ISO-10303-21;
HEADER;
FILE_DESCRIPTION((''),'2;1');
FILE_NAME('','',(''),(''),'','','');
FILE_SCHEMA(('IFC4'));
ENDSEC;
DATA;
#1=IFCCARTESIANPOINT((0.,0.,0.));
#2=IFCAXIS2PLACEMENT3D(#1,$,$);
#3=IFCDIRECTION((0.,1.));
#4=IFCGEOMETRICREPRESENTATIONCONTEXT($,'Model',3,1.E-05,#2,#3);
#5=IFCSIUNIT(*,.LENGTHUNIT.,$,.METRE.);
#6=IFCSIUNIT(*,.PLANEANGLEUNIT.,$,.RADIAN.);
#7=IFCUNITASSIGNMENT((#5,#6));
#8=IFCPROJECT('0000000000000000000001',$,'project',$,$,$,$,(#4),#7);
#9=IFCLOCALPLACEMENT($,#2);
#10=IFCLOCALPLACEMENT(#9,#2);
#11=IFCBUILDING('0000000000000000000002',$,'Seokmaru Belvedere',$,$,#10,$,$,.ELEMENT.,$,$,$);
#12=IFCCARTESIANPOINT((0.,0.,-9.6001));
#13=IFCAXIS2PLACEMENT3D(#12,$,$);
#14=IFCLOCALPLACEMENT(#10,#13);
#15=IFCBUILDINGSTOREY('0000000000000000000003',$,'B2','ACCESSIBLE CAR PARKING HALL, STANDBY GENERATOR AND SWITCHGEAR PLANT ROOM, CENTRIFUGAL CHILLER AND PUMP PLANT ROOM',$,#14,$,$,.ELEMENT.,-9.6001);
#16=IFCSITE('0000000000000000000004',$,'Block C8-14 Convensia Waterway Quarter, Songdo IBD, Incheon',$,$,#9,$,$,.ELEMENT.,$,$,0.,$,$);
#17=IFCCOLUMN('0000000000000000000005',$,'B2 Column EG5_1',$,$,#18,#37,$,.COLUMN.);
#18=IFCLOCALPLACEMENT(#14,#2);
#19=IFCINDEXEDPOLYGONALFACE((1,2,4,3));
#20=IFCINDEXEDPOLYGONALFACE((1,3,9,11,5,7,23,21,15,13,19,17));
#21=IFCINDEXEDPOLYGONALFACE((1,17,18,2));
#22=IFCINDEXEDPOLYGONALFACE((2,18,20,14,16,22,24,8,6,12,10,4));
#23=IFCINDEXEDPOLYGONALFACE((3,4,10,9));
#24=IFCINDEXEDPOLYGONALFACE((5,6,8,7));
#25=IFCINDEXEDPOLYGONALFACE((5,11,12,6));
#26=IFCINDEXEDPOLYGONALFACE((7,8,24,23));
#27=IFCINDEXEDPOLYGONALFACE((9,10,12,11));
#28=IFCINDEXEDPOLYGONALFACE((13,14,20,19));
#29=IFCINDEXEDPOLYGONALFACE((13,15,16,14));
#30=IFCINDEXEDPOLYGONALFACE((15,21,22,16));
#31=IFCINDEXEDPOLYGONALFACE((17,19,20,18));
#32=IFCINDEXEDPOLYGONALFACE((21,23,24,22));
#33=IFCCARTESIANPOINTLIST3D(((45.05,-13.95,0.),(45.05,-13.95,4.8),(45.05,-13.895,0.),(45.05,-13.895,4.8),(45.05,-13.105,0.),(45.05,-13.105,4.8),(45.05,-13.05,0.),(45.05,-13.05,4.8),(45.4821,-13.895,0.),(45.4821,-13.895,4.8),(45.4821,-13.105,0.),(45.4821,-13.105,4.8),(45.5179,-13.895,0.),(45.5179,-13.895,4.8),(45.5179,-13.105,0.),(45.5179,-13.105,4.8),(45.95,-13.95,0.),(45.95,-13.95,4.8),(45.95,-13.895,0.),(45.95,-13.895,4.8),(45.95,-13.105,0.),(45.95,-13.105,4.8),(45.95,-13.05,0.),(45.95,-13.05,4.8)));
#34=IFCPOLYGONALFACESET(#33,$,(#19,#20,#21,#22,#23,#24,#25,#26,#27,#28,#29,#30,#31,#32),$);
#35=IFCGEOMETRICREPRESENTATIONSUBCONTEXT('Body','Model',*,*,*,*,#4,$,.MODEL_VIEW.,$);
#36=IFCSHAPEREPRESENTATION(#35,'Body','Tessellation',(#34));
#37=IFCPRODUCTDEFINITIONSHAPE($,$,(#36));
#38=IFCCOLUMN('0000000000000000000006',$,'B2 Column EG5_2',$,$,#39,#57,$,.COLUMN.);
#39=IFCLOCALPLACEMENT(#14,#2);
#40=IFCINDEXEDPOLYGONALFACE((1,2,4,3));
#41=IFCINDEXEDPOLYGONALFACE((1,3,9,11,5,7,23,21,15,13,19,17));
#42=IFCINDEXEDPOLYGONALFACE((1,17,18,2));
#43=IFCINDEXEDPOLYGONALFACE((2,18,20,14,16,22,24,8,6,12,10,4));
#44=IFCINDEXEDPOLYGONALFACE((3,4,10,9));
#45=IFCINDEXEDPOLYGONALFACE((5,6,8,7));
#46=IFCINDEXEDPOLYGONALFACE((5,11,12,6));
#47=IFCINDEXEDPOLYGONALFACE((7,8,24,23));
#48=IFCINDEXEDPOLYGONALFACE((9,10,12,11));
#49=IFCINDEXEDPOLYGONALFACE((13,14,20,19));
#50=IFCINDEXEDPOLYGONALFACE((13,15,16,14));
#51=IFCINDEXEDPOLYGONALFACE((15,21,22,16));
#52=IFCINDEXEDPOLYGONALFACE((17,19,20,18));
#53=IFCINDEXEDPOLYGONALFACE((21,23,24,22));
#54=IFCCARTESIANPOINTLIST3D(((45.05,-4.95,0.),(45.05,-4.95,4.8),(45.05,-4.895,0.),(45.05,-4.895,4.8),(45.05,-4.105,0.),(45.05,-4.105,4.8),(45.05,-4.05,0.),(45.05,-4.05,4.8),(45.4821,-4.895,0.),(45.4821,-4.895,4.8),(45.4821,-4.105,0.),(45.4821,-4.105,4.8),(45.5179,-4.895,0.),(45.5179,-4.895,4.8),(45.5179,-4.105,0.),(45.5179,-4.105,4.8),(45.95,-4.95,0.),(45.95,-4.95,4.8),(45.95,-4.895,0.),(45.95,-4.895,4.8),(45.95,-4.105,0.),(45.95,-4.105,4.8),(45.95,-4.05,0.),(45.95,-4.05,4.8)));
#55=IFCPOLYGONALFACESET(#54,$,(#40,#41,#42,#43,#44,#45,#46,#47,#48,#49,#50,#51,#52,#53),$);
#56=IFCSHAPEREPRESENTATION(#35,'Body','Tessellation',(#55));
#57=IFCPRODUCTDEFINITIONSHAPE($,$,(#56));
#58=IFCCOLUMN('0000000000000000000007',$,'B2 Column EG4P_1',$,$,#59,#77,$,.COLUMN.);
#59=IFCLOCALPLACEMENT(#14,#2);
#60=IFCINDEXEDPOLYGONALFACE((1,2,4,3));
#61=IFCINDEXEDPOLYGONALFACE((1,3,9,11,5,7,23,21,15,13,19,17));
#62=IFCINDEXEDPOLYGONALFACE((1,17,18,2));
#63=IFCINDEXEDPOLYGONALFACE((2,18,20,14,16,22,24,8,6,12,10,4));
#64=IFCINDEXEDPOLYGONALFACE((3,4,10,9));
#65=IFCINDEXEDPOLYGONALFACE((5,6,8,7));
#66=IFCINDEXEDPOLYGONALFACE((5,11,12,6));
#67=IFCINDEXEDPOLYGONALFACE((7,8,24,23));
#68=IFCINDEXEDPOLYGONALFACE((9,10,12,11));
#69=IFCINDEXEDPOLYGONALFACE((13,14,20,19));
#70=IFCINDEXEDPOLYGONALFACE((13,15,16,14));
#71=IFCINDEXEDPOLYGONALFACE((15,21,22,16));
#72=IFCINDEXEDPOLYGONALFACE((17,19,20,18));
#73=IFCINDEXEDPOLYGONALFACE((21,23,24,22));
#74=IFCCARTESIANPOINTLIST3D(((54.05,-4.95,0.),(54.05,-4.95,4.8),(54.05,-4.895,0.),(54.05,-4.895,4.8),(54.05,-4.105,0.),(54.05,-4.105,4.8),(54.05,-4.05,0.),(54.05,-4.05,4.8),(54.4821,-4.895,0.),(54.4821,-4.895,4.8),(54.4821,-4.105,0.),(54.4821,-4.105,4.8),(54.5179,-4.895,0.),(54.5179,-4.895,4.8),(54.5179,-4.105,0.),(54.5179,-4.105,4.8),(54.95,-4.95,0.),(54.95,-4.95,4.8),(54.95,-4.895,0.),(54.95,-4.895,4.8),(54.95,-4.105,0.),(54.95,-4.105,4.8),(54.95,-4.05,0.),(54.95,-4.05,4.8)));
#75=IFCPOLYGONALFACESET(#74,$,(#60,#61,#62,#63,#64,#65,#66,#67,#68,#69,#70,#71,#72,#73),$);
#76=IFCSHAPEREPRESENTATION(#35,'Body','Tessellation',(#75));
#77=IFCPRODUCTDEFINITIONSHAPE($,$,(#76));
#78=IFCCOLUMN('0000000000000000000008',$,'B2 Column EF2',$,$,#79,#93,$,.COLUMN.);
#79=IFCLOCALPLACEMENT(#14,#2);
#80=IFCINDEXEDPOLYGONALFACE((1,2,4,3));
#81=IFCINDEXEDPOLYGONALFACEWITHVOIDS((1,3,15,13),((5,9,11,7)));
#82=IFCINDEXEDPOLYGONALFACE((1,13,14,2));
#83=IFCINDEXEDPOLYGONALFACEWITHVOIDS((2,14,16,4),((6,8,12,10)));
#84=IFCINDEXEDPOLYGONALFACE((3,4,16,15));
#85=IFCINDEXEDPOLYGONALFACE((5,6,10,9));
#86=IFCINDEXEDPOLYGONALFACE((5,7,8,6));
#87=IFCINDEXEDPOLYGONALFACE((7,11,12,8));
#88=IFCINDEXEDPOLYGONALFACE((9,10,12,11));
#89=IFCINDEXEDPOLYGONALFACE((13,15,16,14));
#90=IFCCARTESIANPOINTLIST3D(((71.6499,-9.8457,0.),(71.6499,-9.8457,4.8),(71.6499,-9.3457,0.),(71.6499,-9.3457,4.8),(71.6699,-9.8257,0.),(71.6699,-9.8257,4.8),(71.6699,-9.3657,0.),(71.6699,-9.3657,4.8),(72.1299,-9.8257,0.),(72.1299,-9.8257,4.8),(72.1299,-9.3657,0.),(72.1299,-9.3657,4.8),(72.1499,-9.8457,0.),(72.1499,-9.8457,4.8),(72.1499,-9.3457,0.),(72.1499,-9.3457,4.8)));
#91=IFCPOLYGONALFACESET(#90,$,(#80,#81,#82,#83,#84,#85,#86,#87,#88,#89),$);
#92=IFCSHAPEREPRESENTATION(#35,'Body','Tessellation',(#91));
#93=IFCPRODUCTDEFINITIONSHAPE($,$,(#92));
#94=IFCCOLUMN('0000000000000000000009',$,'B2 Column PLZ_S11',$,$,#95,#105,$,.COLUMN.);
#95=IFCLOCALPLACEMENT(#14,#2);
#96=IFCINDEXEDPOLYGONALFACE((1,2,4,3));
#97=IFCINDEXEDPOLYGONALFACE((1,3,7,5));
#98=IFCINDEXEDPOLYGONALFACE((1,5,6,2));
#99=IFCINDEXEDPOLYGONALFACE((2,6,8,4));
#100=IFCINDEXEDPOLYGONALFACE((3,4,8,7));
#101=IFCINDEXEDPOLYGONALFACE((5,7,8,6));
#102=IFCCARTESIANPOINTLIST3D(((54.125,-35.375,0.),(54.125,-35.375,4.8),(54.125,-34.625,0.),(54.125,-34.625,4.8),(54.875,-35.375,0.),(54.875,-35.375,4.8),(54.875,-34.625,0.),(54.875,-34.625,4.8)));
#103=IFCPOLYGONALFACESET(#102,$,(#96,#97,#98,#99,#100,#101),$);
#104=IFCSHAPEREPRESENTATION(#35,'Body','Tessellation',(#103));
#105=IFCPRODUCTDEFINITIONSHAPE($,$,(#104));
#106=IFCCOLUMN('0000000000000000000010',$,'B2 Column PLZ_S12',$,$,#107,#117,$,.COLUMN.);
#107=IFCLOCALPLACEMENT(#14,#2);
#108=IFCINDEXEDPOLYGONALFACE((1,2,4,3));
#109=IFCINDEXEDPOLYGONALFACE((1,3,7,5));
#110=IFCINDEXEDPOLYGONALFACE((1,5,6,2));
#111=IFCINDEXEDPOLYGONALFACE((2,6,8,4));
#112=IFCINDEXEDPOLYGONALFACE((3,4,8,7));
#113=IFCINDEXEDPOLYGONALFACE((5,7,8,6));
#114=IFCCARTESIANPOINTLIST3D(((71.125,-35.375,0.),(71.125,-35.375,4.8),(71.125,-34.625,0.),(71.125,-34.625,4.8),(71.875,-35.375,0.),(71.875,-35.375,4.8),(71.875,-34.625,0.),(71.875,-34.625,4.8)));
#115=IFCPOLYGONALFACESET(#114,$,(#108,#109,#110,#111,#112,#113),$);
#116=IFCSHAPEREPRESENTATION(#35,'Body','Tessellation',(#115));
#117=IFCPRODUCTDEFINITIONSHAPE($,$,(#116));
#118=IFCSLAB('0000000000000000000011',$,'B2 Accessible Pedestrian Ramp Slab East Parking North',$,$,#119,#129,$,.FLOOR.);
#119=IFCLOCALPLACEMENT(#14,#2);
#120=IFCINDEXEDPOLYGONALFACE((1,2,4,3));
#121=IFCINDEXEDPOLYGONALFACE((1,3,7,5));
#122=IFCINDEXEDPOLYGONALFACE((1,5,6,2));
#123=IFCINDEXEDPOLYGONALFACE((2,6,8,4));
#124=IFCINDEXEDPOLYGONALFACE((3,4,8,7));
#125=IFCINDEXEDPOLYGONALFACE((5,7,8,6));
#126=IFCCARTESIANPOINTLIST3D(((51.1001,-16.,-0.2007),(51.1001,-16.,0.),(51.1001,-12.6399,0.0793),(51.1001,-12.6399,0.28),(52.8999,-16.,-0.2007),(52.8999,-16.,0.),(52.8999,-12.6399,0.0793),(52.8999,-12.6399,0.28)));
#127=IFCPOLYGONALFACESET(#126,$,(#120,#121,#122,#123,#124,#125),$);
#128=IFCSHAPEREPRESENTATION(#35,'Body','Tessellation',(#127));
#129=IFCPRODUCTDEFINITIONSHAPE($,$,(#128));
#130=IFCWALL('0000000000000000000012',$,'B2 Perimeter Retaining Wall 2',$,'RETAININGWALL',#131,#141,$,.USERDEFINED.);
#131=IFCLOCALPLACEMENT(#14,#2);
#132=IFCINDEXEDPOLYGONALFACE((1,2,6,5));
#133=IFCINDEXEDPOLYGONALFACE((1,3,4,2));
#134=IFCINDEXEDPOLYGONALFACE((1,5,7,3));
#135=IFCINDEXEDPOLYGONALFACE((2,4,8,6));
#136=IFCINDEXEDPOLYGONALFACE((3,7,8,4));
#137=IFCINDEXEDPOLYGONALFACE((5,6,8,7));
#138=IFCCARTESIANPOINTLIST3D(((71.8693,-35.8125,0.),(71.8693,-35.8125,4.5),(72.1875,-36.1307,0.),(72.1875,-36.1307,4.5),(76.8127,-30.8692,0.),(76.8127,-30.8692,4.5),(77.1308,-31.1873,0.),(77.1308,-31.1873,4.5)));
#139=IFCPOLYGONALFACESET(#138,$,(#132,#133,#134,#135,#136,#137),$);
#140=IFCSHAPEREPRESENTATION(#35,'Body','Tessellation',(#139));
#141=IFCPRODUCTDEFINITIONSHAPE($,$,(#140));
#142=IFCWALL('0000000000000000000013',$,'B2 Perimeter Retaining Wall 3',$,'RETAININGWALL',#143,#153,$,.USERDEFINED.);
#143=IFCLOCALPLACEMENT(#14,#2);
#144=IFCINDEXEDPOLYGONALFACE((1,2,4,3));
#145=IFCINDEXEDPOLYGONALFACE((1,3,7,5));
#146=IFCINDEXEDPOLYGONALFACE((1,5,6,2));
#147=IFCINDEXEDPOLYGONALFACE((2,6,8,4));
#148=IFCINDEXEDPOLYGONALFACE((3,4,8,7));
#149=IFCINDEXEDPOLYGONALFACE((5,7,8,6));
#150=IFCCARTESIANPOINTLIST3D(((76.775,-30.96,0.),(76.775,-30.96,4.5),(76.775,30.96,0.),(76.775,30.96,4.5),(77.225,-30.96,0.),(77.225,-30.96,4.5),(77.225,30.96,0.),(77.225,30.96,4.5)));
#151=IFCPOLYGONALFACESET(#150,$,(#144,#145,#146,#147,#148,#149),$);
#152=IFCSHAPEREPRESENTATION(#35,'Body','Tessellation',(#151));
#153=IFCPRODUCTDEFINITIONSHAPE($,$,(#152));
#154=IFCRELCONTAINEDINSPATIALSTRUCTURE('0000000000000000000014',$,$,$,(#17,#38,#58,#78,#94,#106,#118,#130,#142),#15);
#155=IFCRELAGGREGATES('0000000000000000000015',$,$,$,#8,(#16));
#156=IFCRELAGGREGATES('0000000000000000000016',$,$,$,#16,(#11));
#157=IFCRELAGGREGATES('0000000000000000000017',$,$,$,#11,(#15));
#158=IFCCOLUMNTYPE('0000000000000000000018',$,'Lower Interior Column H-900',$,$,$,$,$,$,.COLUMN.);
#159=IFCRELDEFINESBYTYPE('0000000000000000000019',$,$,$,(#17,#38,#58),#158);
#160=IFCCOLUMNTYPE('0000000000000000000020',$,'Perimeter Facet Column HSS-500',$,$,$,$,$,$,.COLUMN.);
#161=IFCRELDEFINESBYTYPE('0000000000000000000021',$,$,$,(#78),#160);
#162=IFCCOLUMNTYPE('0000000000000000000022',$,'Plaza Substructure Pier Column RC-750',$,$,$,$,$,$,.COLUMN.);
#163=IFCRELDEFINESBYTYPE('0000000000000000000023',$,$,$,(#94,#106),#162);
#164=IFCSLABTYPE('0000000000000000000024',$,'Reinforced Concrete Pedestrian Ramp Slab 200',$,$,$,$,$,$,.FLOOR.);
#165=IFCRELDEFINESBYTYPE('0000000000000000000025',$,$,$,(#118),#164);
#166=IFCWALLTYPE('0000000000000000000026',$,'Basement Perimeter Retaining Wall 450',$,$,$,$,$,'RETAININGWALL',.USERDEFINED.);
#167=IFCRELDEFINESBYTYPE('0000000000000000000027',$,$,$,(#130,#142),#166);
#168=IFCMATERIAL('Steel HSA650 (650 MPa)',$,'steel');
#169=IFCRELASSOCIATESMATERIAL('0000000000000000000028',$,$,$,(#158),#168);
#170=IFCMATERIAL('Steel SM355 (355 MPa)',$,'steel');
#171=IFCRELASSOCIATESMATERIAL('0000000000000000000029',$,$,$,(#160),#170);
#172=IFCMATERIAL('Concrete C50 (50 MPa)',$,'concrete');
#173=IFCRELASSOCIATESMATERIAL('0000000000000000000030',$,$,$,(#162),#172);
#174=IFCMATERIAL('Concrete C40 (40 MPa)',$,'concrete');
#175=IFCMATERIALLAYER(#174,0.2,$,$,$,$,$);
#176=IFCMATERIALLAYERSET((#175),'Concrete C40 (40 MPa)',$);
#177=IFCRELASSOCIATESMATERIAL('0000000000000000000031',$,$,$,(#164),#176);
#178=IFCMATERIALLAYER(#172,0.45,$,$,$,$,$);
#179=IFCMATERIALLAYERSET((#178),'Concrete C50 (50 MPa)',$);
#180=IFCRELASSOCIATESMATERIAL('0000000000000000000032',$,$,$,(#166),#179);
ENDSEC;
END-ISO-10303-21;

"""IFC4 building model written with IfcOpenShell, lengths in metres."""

from ifc_helpers import new_model, si_unit, direction, frame, frame_2d, origin, origin_2d, place, context, subcontext, project, spatial, polyline, rectangle, hollow_rectangle, i_section, outline, extrude, source, transform, mapped, material, layer, layer_set, material_profile, profile_set, type_object, type_shapes, element, save


model = new_model("IFC4")

# Units and contexts
model_context = context("Model", 3, precision=1e-05, world=origin(), true_north=direction((0.0, 1.0)))
body_context = subcontext(model_context, "Body", "Model", "MODEL_VIEW")
ifc_project = project(units=[si_unit("LENGTHUNIT", "METRE"), si_unit("PLANEANGLEUNIT", "RADIAN")], contexts=[model_context])

# Site, building, storey
site_placement = place(None, origin())
site = spatial("IfcSite", under=ifc_project, at=site_placement, Name="Block C8-14 Convensia Waterway Quarter, Songdo IBD, Incheon", CompositionType="ELEMENT", RefElevation=0.0)
building_placement = place(site_placement, origin())
building = spatial("IfcBuilding", under=site, at=building_placement, Name="Seokmaru Belvedere", CompositionType="ELEMENT")
storey_placement = place(building_placement, frame((0.0, 0.0, -9.6001)))
storey = spatial("IfcBuildingStorey", under=building, at=storey_placement, Name="B2", Description="ACCESSIBLE CAR PARKING HALL, STANDBY GENERATOR AND SWITCHGEAR PLANT ROOM, CENTRIFUGAL CHILLER AND PUMP PLANT ROOM", CompositionType="ELEMENT", Elevation=-9.6001)

# Shared definitions
ifc_material_1 = material(Name="Concrete C50 (50 MPa)", Category="concrete")

# Shared definitions
ifc_material_2 = material(Name="Concrete C40 (40 MPa)", Category="concrete")

# Columns
ifc_material_3 = material(Name="Steel HSA650 (650 MPa)", Category="steel")
ifc_material_profile_1 = material_profile(ifc_material_3, i_section(OverallWidth=0.8999, OverallDepth=0.8999, WebThickness=0.0359, FlangeThickness=0.0549, at=origin_2d()), Name="H-900x900x36x55")
ifc_profile_set_1 = profile_set([ifc_material_profile_1], Name="Steel HSA650 (650 MPa)")
column_type_1 = type_object("IfcColumnType", Name="Lower Interior Column H-900", PredefinedType="COLUMN", material=ifc_profile_set_1)
shared_shape_1 = source(origin(), body_context, "Body", "SweptSolid", [
    extrude(i_section(OverallWidth=0.8999, OverallDepth=0.8999, WebThickness=0.0359, FlangeThickness=0.0549, at=origin_2d()), origin(), (0.0, 0.0, 1.0), 4.8),
])
type_shapes(column_type_1, [shared_shape_1])
for number, where, z_axis, x_axis, name in (
    (1, (45.5, -13.5, 0.0), (0.0, 0.0, 1.0), (1.0, 0.0, 0.0), "B2 Column EG5_1"),
    (2, (45.5, -4.5, 0.0), (0.0, 0.0, 1.0), (1.0, 0.0, 0.0), "B2 Column EG5_2"),
    (3, (54.5, -4.5, 0.0), (0.0, 0.0, 1.0), (1.0, 0.0, 0.0), "B2 Column EG4P_1"),
):
    element("IfcColumn", number, at=place(storey_placement, frame(where, z_axis=z_axis, x_axis=x_axis)), inside=storey, type_object=column_type_1, Name=name, PredefinedType="COLUMN", context=body_context, shape_type="MappedRepresentation", body=[
        mapped(shared_shape_1, transform((0.0, 0.0, 0.0), scale=1.0)),
    ])
ifc_material_4 = material(Name="Steel SM355 (355 MPa)", Category="steel")
ifc_material_profile_2 = material_profile(ifc_material_4, hollow_rectangle(XDim=0.5, YDim=0.5, WallThickness=0.02, at=origin_2d()), Name="HSS-500x500x20")
ifc_profile_set_2 = profile_set([ifc_material_profile_2], Name="Steel SM355 (355 MPa)")
column_type_2 = type_object("IfcColumnType", Name="Perimeter Facet Column HSS-500", PredefinedType="COLUMN", material=ifc_profile_set_2)
shared_shape_2 = source(origin(), body_context, "Body", "SweptSolid", [
    extrude(hollow_rectangle(XDim=0.5, YDim=0.5, WallThickness=0.02, at=origin_2d()), origin(), (0.0, 0.0, 1.0), 4.8),
])
type_shapes(column_type_2, [shared_shape_2])
column_1_placement = place(storey_placement, frame((71.8999, -9.5957, 0.0), z_axis=(0.0, 0.0, 1.0), x_axis=(1.0, 0.0, 0.0)))
element("IfcColumn", 4, at=column_1_placement, inside=storey, type_object=column_type_2, Name="B2 Column EF2", PredefinedType="COLUMN", context=body_context, shape_type="MappedRepresentation", body=[
    mapped(shared_shape_2, transform((0.0, 0.0, 0.0), scale=1.0)),
])
ifc_material_profile_3 = material_profile(ifc_material_1, rectangle(XDim=0.75, YDim=0.75, at=origin_2d()), Name="RC-750x750")
ifc_profile_set_3 = profile_set([ifc_material_profile_3], Name="Concrete C50 (50 MPa)")
column_type_3 = type_object("IfcColumnType", Name="Plaza Substructure Pier Column RC-750", PredefinedType="COLUMN", material=ifc_profile_set_3)
shared_shape_3 = source(origin(), body_context, "Body", "SweptSolid", [
    extrude(rectangle(XDim=0.75, YDim=0.75, at=origin_2d()), origin(), (0.0, 0.0, 1.0), 4.8),
])
type_shapes(column_type_3, [shared_shape_3])
for number, where, z_axis, x_axis, name in (
    (5, (54.5, -35.0, 0.0), (0.0, 0.0, 1.0), (1.0, 0.0, 0.0), "B2 Column PLZ_S11"),
    (6, (71.5, -35.0, 0.0), (0.0, 0.0, 1.0), (1.0, 0.0, 0.0), "B2 Column PLZ_S12"),
):
    element("IfcColumn", number, at=place(storey_placement, frame(where, z_axis=z_axis, x_axis=x_axis)), inside=storey, type_object=column_type_3, Name=name, PredefinedType="COLUMN", context=body_context, shape_type="MappedRepresentation", body=[
        mapped(shared_shape_3, transform((0.0, 0.0, 0.0), scale=1.0)),
    ])

# Slab
ifc_layer_1 = layer(ifc_material_2, 0.2)
ifc_layer_set_1 = layer_set([ifc_layer_1], Name="Concrete C40 (40 MPa)")
slab_type = type_object("IfcSlabType", Name="Reinforced Concrete Pedestrian Ramp Slab 200", PredefinedType="FLOOR", material=ifc_layer_set_1)
slab_placement = place(storey_placement, frame((52.0, -16.0, 0.0), z_axis=(0.0, 0.0, 1.0), x_axis=(0.0, 1.0, 0.0)))
element("IfcSlab", 7, at=slab_placement, inside=storey, type_object=slab_type, Name="B2 Accessible Pedestrian Ramp Slab East Parking North", PredefinedType="FLOOR", context=body_context, shape_type="SweptSolid", body=[
    extrude(outline(polyline([(0.0, 0.0), (3.3601, 0.28), (3.3601, 0.0793), (0.0, -0.2007), (0.0, 0.0)])), frame((0.0, 0.8999, 0.0), z_axis=(0.0, -1.0, 0.0), x_axis=(1.0, 0.0, 0.0)), (0.0, 0.0, 1.0), 1.7998),
])

# Walls
ifc_layer_2 = layer(ifc_material_1, 0.45)
ifc_layer_set_2 = layer_set([ifc_layer_2], Name="Concrete C50 (50 MPa)")
wall_type = type_object("IfcWallType", Name="Basement Perimeter Retaining Wall 450", ElementType="RETAININGWALL", PredefinedType="USERDEFINED", material=ifc_layer_set_2)
wall_1_placement = place(storey_placement, frame((72.0283, -35.9717, 0.0), z_axis=(0.0, 0.0, 1.0), x_axis=(0.707107, 0.707107, 0.0)))
element("IfcWall", 8, at=wall_1_placement, inside=storey, type_object=wall_type, Name="B2 Perimeter Retaining Wall 2", ObjectType="RETAININGWALL", PredefinedType="USERDEFINED", context=body_context, shape_type="SweptSolid", body=[
    extrude(rectangle(XDim=6.991, YDim=0.45, at=frame_2d((3.4956, 0.0))), origin(), (0.0, 0.0, 1.0), 4.5),
])
wall_2_placement = place(storey_placement, frame((77.0, -30.96, 0.0), z_axis=(0.0, 0.0, 1.0), x_axis=(0.0, 1.0, 0.0)))
element("IfcWall", 9, at=wall_2_placement, inside=storey, type_object=wall_type, Name="B2 Perimeter Retaining Wall 3", ObjectType="RETAININGWALL", PredefinedType="USERDEFINED", context=body_context, shape_type="SweptSolid", body=[
    extrude(rectangle(XDim=61.9199, YDim=0.45, at=frame_2d((30.96, 0.0))), origin(), (0.0, 0.0, 1.0), 4.5),
])

save(model, "model.ifc")
